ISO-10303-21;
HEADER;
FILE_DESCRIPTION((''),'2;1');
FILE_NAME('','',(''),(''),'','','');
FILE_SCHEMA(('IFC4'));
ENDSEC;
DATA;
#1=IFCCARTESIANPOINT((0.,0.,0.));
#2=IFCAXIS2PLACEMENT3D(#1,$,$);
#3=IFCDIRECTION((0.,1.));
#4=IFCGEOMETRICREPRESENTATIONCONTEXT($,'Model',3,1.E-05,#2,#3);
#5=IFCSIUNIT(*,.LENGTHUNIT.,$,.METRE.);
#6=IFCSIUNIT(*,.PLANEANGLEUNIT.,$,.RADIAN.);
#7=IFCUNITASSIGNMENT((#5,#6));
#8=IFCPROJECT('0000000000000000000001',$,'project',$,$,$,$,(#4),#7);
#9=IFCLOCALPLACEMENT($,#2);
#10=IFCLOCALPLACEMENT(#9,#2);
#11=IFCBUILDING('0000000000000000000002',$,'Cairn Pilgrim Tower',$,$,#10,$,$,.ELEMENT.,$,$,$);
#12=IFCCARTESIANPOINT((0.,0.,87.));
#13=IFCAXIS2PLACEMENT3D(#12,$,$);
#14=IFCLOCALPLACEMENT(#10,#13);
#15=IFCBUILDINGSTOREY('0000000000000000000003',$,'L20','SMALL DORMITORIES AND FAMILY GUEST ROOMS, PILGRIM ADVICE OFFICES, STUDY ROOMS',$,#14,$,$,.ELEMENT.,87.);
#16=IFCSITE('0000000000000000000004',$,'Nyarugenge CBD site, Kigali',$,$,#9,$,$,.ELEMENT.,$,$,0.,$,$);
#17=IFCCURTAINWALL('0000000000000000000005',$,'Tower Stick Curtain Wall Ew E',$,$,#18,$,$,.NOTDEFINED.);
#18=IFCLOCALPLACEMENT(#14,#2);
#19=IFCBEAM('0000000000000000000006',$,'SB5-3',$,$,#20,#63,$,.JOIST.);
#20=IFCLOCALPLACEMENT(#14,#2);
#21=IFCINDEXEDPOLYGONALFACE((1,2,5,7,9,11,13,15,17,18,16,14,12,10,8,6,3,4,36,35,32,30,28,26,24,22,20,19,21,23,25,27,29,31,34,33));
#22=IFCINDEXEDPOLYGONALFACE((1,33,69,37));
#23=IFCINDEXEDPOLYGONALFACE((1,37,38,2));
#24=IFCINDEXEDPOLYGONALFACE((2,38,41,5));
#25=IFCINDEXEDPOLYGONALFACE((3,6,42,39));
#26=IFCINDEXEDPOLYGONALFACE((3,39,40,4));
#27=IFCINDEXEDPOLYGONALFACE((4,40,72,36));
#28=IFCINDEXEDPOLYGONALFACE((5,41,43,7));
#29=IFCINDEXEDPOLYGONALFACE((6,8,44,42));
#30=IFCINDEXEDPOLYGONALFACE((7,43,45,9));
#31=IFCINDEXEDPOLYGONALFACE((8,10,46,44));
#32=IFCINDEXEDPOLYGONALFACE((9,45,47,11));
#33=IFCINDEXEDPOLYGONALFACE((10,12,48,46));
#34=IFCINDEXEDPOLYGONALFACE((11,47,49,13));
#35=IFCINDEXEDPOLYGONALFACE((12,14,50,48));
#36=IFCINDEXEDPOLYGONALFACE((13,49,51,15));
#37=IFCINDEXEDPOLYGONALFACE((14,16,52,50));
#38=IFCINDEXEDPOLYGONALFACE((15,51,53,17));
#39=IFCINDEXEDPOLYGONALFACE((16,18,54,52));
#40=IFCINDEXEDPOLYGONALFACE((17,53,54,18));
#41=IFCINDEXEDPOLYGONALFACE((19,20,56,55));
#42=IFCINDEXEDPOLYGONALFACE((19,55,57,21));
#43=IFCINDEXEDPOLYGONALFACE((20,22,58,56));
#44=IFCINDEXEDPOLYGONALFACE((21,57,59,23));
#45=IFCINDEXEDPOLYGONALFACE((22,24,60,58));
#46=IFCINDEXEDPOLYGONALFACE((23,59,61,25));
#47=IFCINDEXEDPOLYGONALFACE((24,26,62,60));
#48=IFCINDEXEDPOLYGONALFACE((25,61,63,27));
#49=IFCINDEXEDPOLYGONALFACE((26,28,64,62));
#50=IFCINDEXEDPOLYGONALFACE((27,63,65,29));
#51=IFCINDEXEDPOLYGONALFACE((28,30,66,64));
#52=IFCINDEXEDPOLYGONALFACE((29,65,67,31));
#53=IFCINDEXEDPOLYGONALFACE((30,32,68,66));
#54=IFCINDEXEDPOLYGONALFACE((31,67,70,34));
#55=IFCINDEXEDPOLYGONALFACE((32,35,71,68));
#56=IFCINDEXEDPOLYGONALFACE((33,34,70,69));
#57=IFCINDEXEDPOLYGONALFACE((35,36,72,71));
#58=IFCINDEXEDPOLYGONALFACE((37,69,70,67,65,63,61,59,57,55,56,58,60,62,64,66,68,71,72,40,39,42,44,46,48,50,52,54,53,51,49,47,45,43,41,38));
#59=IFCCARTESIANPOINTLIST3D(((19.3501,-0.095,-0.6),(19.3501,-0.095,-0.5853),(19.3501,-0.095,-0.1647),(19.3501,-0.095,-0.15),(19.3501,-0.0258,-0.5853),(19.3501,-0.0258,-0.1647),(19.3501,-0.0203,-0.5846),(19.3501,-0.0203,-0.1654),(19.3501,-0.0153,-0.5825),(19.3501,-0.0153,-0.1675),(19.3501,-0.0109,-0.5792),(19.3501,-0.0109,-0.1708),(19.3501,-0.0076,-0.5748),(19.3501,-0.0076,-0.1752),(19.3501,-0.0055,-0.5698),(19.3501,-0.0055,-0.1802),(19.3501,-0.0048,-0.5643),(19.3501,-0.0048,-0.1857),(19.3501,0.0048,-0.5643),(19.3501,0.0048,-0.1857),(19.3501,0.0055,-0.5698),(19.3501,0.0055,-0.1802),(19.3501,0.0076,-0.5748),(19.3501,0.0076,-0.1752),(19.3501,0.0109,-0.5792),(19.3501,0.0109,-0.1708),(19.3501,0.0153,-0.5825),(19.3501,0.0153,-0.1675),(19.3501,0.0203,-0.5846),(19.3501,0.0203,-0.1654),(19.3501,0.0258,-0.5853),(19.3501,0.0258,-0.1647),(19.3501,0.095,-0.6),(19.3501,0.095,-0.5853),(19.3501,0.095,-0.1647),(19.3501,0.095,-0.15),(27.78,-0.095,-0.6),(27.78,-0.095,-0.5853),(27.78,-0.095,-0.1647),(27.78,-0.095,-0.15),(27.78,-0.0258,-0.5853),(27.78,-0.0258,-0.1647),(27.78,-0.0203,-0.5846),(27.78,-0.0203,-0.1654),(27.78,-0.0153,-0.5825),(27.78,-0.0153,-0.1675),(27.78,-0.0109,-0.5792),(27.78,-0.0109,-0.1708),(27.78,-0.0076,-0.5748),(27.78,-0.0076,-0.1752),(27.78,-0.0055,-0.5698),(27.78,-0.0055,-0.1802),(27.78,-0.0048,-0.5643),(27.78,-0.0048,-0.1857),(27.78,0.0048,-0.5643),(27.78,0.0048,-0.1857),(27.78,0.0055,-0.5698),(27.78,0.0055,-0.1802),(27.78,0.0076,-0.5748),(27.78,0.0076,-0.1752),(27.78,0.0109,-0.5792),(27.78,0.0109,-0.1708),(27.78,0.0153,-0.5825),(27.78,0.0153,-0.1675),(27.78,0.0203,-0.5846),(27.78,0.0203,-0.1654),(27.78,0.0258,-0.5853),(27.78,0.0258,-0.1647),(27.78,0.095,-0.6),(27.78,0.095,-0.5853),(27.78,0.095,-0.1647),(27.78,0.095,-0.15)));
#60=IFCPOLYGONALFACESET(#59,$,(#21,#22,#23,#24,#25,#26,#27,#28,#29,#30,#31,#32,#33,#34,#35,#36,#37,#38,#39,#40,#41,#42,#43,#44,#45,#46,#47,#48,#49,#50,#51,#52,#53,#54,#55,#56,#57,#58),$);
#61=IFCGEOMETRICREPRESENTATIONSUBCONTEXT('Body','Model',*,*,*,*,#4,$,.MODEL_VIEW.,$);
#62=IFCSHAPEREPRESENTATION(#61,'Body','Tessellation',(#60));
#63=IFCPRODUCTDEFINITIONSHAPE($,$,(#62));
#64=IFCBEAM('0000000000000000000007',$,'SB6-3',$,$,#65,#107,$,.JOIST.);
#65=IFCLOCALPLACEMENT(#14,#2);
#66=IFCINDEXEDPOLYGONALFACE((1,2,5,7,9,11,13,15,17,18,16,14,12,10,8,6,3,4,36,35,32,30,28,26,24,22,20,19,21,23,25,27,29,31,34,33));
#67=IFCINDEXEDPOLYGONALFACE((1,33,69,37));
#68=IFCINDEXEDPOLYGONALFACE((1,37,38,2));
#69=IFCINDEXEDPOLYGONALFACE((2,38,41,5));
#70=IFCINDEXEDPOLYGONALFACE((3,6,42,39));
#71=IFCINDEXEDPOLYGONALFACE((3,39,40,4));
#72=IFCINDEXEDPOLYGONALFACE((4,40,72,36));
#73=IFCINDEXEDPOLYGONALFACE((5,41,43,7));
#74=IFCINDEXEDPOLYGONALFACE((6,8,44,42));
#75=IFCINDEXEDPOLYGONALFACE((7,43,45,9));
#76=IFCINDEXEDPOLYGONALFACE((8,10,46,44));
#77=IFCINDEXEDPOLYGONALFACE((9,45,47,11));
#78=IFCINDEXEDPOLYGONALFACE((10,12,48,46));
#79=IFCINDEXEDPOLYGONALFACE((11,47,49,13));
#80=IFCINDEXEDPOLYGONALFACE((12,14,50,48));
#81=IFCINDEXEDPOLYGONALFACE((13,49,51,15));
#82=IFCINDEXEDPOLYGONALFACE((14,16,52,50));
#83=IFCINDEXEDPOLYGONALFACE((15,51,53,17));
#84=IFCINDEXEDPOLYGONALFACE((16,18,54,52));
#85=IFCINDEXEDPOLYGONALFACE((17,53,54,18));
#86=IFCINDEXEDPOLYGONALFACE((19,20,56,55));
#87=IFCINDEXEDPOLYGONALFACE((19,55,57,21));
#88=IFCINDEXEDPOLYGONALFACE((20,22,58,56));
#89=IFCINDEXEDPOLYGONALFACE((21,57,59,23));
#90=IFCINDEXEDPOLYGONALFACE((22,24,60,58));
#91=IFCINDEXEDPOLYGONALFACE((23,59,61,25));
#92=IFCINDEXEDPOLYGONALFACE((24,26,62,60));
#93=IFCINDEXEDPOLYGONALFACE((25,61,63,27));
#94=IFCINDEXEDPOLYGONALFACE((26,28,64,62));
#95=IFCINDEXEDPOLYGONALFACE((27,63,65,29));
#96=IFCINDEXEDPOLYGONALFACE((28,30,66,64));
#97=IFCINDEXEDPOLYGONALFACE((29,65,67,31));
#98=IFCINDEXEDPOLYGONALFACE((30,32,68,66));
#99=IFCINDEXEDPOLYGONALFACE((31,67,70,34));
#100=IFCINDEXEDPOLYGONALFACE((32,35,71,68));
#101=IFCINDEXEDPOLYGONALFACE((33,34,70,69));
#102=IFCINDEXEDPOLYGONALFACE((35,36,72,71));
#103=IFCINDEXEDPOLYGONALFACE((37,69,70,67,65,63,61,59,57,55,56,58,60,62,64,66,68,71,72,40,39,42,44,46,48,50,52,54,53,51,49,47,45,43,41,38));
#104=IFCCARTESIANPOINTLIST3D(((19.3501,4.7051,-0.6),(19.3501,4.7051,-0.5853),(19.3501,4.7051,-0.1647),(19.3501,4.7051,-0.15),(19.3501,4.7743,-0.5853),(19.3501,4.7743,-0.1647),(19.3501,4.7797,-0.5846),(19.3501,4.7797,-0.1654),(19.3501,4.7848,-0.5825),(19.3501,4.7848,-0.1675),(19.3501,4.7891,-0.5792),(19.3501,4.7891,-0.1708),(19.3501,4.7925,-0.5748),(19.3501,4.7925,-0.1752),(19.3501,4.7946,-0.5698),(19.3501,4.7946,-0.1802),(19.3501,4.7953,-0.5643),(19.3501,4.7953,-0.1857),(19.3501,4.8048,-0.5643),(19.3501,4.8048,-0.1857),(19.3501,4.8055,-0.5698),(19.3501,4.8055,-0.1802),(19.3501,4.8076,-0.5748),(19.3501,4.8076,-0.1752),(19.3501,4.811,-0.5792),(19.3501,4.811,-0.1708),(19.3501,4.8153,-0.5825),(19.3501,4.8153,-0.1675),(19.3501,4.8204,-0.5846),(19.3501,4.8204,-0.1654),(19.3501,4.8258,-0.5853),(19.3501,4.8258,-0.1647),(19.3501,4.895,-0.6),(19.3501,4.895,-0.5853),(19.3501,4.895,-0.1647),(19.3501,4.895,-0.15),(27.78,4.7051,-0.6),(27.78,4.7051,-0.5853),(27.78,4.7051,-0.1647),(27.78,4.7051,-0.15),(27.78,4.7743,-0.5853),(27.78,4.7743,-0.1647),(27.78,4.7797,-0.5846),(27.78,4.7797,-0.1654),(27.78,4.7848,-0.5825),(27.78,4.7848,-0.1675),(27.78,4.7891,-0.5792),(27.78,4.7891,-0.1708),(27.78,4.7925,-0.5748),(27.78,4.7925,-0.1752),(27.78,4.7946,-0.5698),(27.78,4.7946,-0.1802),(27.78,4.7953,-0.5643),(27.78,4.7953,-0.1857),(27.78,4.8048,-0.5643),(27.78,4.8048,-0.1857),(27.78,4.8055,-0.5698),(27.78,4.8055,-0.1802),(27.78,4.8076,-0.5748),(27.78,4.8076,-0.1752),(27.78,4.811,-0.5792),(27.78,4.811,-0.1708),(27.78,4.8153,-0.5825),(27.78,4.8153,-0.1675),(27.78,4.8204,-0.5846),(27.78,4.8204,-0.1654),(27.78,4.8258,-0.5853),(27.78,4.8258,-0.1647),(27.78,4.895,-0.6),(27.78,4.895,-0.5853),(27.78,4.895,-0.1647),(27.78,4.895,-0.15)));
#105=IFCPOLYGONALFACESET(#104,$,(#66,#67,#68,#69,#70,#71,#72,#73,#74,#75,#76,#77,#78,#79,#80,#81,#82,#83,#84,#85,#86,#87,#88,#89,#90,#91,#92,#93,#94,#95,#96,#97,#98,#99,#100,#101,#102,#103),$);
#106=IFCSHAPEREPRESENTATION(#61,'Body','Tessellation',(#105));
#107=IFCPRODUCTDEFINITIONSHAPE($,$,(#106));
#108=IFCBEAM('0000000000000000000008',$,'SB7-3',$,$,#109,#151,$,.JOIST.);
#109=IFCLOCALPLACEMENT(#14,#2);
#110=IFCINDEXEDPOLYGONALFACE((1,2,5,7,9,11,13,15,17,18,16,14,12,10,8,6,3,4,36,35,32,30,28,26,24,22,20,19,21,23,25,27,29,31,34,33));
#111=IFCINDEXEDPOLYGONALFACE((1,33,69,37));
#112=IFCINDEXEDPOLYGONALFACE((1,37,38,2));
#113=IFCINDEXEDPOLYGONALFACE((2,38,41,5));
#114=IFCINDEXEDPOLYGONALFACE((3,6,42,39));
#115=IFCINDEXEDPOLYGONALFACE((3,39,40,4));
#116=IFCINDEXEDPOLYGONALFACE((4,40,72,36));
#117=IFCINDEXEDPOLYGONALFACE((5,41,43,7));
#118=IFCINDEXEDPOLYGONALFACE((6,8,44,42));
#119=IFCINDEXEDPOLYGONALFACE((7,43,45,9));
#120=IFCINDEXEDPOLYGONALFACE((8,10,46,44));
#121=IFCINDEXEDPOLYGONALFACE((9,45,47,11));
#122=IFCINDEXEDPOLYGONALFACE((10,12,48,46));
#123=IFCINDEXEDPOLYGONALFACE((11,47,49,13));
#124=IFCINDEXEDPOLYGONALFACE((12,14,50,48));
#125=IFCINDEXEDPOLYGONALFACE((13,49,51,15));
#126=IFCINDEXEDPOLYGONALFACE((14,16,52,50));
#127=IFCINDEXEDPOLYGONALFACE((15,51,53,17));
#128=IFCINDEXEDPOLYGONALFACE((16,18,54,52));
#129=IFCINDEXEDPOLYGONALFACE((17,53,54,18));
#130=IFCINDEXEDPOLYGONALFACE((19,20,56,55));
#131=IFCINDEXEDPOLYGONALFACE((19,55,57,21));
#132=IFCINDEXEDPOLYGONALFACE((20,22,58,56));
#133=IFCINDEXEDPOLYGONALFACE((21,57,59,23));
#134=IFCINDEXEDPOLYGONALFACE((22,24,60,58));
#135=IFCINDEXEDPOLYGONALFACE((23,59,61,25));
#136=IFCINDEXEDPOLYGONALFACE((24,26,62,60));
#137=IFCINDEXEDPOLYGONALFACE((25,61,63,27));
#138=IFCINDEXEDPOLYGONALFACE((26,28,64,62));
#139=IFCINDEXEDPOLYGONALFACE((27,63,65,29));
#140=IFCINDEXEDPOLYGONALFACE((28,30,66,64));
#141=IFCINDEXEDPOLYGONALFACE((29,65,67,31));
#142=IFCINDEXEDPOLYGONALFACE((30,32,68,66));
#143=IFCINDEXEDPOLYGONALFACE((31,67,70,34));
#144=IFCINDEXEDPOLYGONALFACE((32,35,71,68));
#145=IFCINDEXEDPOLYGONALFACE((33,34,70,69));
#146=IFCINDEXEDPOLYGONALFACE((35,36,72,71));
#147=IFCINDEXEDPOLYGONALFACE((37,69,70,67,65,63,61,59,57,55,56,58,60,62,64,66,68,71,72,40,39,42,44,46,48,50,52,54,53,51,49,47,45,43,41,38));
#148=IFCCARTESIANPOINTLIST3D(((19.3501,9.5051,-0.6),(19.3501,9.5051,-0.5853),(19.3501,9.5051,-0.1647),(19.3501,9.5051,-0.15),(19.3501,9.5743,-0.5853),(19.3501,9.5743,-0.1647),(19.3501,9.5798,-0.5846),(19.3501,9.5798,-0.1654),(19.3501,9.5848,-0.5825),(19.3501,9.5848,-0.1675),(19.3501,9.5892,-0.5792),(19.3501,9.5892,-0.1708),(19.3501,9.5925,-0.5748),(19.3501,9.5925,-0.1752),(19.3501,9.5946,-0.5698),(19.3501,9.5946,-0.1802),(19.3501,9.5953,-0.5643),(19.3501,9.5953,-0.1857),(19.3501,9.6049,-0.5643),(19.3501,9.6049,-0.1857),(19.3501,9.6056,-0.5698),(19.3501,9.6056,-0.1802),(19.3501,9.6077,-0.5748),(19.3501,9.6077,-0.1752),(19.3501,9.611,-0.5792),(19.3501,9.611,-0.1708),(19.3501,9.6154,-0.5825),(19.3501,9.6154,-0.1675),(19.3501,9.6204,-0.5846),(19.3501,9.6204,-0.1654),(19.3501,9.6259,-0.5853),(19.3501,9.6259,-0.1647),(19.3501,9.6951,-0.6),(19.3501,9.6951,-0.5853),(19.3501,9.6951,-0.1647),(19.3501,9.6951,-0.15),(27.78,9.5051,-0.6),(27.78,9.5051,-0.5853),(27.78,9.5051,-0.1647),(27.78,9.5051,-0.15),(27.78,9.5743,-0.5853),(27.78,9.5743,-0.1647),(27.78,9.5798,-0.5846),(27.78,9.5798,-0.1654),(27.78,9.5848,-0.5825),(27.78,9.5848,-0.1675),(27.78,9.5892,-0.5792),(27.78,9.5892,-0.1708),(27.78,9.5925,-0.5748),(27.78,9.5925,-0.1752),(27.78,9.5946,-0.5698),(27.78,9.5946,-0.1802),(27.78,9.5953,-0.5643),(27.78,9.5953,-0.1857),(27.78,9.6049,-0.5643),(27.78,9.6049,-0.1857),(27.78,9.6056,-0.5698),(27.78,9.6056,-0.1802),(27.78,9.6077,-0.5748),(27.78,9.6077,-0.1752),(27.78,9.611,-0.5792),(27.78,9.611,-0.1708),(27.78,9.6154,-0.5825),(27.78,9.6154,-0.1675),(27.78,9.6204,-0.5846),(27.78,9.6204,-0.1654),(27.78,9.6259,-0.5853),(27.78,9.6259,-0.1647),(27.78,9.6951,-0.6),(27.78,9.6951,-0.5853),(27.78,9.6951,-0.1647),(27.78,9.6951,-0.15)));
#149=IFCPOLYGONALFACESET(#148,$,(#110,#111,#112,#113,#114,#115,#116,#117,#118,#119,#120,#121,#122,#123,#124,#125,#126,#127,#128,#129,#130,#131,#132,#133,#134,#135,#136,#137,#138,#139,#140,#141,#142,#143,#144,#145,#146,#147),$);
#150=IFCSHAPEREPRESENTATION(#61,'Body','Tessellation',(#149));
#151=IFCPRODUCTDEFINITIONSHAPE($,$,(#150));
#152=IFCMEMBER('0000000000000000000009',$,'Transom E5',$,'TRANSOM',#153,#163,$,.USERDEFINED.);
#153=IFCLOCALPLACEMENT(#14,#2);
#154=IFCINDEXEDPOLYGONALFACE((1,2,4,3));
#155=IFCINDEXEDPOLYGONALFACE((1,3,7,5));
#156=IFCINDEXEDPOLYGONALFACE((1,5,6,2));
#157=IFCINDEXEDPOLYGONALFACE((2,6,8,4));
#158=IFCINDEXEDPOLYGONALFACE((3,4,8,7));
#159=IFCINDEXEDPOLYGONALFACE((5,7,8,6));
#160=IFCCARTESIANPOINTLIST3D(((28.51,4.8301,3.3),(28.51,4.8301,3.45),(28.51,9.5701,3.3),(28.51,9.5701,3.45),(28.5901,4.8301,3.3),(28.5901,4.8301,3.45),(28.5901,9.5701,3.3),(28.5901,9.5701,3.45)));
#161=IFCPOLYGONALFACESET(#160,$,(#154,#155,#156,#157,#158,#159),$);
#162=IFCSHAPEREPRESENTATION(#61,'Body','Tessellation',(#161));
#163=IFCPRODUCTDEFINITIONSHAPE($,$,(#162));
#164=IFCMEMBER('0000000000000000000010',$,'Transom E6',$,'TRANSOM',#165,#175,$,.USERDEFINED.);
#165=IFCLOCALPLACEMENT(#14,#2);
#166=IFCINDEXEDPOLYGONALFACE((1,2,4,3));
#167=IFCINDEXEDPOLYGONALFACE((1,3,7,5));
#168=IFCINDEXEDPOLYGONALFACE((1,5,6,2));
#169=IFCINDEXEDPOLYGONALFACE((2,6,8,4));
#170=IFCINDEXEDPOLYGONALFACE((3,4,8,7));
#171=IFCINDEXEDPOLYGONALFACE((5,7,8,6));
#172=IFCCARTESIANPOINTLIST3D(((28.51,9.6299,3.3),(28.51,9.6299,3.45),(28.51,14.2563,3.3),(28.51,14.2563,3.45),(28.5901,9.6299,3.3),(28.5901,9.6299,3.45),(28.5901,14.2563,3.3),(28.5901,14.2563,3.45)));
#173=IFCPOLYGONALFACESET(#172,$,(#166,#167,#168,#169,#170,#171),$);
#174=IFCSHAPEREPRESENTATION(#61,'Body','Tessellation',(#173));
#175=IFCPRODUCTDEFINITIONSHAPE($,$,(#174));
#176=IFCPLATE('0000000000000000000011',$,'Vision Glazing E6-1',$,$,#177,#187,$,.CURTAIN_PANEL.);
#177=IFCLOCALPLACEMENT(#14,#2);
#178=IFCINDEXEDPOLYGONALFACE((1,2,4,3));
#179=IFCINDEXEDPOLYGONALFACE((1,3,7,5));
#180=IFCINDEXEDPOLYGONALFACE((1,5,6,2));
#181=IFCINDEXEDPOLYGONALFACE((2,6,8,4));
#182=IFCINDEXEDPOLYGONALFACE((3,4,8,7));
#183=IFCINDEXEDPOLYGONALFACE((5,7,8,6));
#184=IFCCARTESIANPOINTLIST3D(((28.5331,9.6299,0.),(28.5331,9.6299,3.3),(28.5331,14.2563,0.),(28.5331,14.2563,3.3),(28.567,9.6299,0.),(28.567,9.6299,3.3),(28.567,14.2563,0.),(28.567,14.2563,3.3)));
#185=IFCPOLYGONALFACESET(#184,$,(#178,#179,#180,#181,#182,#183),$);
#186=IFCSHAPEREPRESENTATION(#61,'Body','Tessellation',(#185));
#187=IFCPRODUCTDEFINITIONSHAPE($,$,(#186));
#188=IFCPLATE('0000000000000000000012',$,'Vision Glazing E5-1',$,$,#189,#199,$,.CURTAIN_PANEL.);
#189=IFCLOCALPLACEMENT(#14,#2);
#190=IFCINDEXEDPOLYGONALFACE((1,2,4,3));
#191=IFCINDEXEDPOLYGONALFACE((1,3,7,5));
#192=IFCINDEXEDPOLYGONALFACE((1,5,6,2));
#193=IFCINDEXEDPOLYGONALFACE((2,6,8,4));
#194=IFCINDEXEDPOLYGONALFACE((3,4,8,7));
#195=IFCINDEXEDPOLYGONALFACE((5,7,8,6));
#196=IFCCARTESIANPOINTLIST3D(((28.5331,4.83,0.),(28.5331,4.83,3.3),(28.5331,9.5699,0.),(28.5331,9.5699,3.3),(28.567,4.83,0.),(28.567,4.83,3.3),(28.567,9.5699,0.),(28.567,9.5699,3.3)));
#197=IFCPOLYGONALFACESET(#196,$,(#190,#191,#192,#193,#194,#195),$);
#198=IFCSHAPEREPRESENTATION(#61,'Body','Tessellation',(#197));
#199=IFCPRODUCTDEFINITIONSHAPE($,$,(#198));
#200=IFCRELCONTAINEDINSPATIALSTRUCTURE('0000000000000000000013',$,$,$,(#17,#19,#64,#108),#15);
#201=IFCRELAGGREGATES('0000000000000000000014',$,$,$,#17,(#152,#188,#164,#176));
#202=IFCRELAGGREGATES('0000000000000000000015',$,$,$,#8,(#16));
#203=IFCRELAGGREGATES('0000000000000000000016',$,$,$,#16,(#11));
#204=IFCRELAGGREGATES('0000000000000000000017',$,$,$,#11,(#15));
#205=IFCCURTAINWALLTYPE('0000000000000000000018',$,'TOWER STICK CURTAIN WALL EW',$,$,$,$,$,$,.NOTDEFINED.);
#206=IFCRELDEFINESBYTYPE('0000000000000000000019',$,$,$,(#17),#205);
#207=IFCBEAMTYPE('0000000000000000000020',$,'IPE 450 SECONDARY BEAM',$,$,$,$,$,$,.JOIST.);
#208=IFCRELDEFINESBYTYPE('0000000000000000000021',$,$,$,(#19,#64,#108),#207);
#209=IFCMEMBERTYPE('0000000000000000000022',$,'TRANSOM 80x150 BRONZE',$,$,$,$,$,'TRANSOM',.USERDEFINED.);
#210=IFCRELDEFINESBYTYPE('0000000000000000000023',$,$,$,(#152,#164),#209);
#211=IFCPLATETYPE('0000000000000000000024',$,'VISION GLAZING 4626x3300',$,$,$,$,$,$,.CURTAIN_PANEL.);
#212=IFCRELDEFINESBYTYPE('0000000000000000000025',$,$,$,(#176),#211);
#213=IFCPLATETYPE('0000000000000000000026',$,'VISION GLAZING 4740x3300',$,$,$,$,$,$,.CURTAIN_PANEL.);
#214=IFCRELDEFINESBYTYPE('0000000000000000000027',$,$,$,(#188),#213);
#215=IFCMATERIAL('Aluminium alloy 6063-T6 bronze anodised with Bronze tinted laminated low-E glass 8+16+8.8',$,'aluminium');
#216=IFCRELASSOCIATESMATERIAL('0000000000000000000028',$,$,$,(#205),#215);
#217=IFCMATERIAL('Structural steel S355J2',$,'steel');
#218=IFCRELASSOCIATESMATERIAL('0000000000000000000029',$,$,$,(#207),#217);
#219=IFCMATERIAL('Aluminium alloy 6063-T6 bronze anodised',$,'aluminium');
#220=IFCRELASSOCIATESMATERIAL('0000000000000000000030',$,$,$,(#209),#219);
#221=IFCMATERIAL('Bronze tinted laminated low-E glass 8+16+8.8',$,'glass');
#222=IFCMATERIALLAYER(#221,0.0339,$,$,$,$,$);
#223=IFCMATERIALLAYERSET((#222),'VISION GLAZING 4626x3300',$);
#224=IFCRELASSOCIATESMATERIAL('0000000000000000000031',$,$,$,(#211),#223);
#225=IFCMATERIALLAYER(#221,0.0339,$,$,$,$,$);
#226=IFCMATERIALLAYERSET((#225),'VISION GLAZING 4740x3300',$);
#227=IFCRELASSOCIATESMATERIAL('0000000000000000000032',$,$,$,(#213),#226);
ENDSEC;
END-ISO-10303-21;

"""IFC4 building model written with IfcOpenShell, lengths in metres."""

from ifc_helpers import new_model, si_unit, direction, frame, origin, origin_2d, place, context, subcontext, project, spatial, rectangle, i_section, extrude, material, layer, layer_set, material_profile, profile_set, type_object, element, aggregate, save


model = new_model("IFC4")

# Units and contexts
model_context = context("Model", 3, precision=1e-05, world=origin(), true_north=direction((0.0, 1.0)))
body_context = subcontext(model_context, "Body", "Model", "MODEL_VIEW")
ifc_project = project(units=[si_unit("LENGTHUNIT", "METRE"), si_unit("PLANEANGLEUNIT", "RADIAN")], contexts=[model_context])

# Site, building, storey
site_placement = place(None, origin())
site = spatial("IfcSite", under=ifc_project, at=site_placement, Name="Nyarugenge CBD site, Kigali", CompositionType="ELEMENT", RefElevation=0.0)
building_placement = place(site_placement, origin())
building = spatial("IfcBuilding", under=site, at=building_placement, Name="Cairn Pilgrim Tower", CompositionType="ELEMENT")
storey_placement = place(building_placement, frame((0.0, 0.0, 87.0)))
storey = spatial("IfcBuildingStorey", under=building, at=storey_placement, Name="L20", Description="SMALL DORMITORIES AND FAMILY GUEST ROOMS, PILGRIM ADVICE OFFICES, STUDY ROOMS", CompositionType="ELEMENT", Elevation=87.0)

# Curtain wall
ifc_material_1 = material(Name="Aluminium alloy 6063-T6 bronze anodised with Bronze tinted laminated low-E glass 8+16+8.8", Category="aluminium")
curtain_wall_type = type_object("IfcCurtainWallType", Name="TOWER STICK CURTAIN WALL EW", PredefinedType="NOTDEFINED", material=ifc_material_1)
curtain_wall_placement = place(storey_placement, origin())
curtain_wall = element("IfcCurtainWall", 1, at=curtain_wall_placement, inside=storey, type_object=curtain_wall_type, Name="Tower Stick Curtain Wall Ew E", PredefinedType="NOTDEFINED")
ifc_material_2 = material(Name="Aluminium alloy 6063-T6 bronze anodised", Category="aluminium")

# Beams
ifc_material_3 = material(Name="Structural steel S355J2", Category="steel")
ifc_material_profile_1 = material_profile(ifc_material_3, i_section(OverallWidth=0.1899, OverallDepth=0.45, WebThickness=0.0095, FlangeThickness=0.0146, FilletRadius=0.021, at=origin_2d()), Name="IPE 450")
ifc_profile_set_1 = profile_set([ifc_material_profile_1], Name="Structural steel S355J2")
beam_type_1 = type_object("IfcBeamType", Name="IPE 450 SECONDARY BEAM", PredefinedType="JOIST", material=ifc_profile_set_1)
for number, where, z_axis, x_axis, name in (
    (2, (19.3501, 0.0, -0.375), (1.0, 0.0, 0.0), (0.0, 1.0, 0.0), "SB5-3"),
    (3, (19.3501, 4.8, -0.375), (1.0, 0.0, 0.0), (0.0, 1.0, 0.0), "SB6-3"),
    (4, (19.3501, 9.6001, -0.375), (1.0, 0.0, 0.0), (0.0, 1.0, 0.0), "SB7-3"),
):
    element("IfcBeam", number, at=place(storey_placement, frame(where, z_axis=z_axis, x_axis=x_axis)), inside=storey, type_object=beam_type_1, Name=name, PredefinedType="JOIST", context=body_context, shape_type="SweptSolid", body=[
        extrude(i_section(OverallWidth=0.1899, OverallDepth=0.45, WebThickness=0.0095, FlangeThickness=0.0146, FilletRadius=0.021, at=origin_2d()), origin(), (0.0, 0.0, 1.0), 8.4299),
    ])

# Members
ifc_material_profile_2 = material_profile(ifc_material_2, rectangle(XDim=0.0801, YDim=0.1499, at=origin_2d()), Name="TRANSOM 80x150 BRONZE")
ifc_profile_set_2 = profile_set([ifc_material_profile_2], Name="Aluminium alloy 6063-T6 bronze anodised")
member_type_1 = type_object("IfcMemberType", Name="TRANSOM 80x150 BRONZE", ElementType="TRANSOM", PredefinedType="USERDEFINED", material=ifc_profile_set_2)
member_1_placement = place(storey_placement, frame((28.55, 4.8301, 3.375), z_axis=(0.0, 1.0, 0.0), x_axis=(-1.0, 0.0, 0.0)))
member_1 = element("IfcMember", 5, at=member_1_placement, type_object=member_type_1, Name="Transom E5", ObjectType="TRANSOM", PredefinedType="USERDEFINED", context=body_context, shape_type="SweptSolid", body=[
    extrude(rectangle(XDim=0.0801, YDim=0.1499, at=origin_2d()), origin(), (0.0, 0.0, 1.0), 4.74),
])
member_2_placement = place(storey_placement, frame((28.55, 9.6299, 3.375), z_axis=(0.0, 1.0, 0.0), x_axis=(-1.0, 0.0, 0.0)))
member_2 = element("IfcMember", 6, at=member_2_placement, type_object=member_type_1, Name="Transom E6", ObjectType="TRANSOM", PredefinedType="USERDEFINED", context=body_context, shape_type="SweptSolid", body=[
    extrude(rectangle(XDim=0.0801, YDim=0.1499, at=origin_2d()), origin(), (0.0, 0.0, 1.0), 4.6265),
])

# Plates
ifc_material_4 = material(Name="Bronze tinted laminated low-E glass 8+16+8.8", Category="glass")
ifc_layer_1 = layer(ifc_material_4, 0.0339)
ifc_layer_set_1 = layer_set([ifc_layer_1], Name="VISION GLAZING 4626x3300")
plate_type_1 = type_object("IfcPlateType", Name="VISION GLAZING 4626x3300", PredefinedType="CURTAIN_PANEL", material=ifc_layer_set_1)
plate_1_placement = place(storey_placement, frame((28.55, 11.9431, 0.0), z_axis=(0.0, 0.0, 1.0), x_axis=(0.0, 1.0, 0.0)))
plate_1 = element("IfcPlate", 7, at=plate_1_placement, type_object=plate_type_1, Name="Vision Glazing E6-1", PredefinedType="CURTAIN_PANEL", context=body_context, shape_type="SweptSolid", body=[
    extrude(rectangle(XDim=4.6265, YDim=0.0339, at=origin_2d()), origin(), (0.0, 0.0, 1.0), 3.3),
])
ifc_layer_2 = layer(ifc_material_4, 0.0339)
ifc_layer_set_2 = layer_set([ifc_layer_2], Name="VISION GLAZING 4740x3300")
plate_type_2 = type_object("IfcPlateType", Name="VISION GLAZING 4740x3300", PredefinedType="CURTAIN_PANEL", material=ifc_layer_set_2)
plate_2_placement = place(storey_placement, frame((28.55, 7.2, 0.0), z_axis=(0.0, 0.0, 1.0), x_axis=(0.0, 1.0, 0.0)))
plate_2 = element("IfcPlate", 8, at=plate_2_placement, type_object=plate_type_2, Name="Vision Glazing E5-1", PredefinedType="CURTAIN_PANEL", context=body_context, shape_type="SweptSolid", body=[
    extrude(rectangle(XDim=4.74, YDim=0.0339, at=origin_2d()), origin(), (0.0, 0.0, 1.0), 3.3),
])
aggregate(curtain_wall, [member_1, plate_2, member_2, plate_1])

save(model, "model.ifc")
